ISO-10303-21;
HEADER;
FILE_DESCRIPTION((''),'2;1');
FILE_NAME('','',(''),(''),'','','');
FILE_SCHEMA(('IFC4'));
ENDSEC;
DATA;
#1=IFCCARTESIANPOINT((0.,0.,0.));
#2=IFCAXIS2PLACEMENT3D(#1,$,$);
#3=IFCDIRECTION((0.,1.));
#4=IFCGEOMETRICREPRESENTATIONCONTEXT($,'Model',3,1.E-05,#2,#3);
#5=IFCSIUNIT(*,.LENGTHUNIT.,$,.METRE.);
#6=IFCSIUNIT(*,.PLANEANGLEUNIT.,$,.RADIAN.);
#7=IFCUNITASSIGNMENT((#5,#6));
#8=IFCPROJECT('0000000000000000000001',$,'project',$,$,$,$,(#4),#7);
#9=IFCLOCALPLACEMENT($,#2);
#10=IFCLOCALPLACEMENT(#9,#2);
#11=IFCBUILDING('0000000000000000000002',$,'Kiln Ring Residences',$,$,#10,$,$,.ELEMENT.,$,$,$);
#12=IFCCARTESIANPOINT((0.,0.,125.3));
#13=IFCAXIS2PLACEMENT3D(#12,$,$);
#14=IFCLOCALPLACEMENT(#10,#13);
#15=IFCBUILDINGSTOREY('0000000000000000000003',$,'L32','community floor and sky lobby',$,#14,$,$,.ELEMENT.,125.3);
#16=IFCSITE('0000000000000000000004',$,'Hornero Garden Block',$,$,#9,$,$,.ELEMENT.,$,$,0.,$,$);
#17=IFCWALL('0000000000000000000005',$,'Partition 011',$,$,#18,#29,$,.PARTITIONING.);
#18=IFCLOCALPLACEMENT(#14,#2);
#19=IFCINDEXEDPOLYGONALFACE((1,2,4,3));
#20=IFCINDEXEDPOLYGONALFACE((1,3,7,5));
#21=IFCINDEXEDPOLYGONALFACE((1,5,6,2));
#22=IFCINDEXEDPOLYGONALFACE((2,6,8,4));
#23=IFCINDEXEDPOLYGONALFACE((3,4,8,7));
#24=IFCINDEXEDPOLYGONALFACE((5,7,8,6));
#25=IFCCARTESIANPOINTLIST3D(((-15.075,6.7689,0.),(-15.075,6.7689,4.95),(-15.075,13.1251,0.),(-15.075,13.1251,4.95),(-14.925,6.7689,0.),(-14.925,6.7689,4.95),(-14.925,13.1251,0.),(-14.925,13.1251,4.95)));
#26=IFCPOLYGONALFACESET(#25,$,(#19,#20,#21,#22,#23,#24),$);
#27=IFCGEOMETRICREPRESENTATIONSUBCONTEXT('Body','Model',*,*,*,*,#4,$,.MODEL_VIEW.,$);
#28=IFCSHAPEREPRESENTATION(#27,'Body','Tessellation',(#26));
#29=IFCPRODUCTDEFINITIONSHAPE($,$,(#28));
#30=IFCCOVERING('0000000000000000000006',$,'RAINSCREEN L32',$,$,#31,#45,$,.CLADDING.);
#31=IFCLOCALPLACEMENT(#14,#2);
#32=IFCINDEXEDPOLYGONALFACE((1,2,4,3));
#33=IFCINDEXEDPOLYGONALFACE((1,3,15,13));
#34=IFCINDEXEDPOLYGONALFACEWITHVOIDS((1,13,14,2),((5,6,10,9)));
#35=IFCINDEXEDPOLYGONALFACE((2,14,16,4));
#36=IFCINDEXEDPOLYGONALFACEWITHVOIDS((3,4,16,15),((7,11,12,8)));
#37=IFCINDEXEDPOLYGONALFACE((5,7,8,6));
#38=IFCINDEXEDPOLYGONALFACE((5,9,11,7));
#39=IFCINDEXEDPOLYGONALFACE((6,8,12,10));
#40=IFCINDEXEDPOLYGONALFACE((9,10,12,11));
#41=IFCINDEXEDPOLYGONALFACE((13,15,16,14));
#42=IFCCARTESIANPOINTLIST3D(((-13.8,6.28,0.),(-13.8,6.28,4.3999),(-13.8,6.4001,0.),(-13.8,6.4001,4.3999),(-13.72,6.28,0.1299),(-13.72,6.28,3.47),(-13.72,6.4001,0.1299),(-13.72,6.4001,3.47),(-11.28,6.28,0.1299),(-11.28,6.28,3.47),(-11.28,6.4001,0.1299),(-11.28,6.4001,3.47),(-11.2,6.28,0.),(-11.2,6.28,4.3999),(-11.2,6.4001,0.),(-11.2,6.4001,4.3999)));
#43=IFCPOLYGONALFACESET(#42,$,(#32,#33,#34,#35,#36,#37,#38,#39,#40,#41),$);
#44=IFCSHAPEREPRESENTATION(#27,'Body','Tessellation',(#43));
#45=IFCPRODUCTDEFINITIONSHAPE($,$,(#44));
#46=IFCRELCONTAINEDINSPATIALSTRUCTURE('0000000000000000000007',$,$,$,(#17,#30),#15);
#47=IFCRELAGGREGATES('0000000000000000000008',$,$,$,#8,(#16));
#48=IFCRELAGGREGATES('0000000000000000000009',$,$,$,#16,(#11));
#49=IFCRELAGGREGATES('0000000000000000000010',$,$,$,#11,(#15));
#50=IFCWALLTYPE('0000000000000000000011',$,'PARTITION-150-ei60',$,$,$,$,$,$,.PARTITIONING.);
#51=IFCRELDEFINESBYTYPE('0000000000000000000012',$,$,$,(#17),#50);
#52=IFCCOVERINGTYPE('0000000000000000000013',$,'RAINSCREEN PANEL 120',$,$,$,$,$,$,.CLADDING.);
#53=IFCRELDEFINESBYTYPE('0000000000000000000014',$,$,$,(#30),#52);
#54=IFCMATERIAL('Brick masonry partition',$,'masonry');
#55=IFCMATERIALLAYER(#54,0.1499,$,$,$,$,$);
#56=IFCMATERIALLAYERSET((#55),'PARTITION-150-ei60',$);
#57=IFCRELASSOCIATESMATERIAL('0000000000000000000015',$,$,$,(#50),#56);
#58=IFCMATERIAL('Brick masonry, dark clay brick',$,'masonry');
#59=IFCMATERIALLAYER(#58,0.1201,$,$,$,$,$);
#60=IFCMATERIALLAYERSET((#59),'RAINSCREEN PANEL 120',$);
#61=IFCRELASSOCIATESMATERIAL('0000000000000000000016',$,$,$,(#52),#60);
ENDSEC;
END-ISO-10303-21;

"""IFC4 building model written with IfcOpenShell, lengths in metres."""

from ifc_helpers import new_model, si_unit, direction, frame, frame_2d, origin, place, context, subcontext, project, spatial, polyline, rectangle, outline, extrude, material, layer, layer_set, type_object, element, save


model = new_model("IFC4")

# Units and contexts
model_context = context("Model", 3, precision=1e-05, world=origin(), true_north=direction((0.0, 1.0)))
body_context = subcontext(model_context, "Body", "Model", "MODEL_VIEW")
ifc_project = project(units=[si_unit("LENGTHUNIT", "METRE"), si_unit("PLANEANGLEUNIT", "RADIAN")], contexts=[model_context])

# Site, building, storey
site_placement = place(None, origin())
site = spatial("IfcSite", under=ifc_project, at=site_placement, Name="Hornero Garden Block", CompositionType="ELEMENT", RefElevation=0.0)
building_placement = place(site_placement, origin())
building = spatial("IfcBuilding", under=site, at=building_placement, Name="Kiln Ring Residences", CompositionType="ELEMENT")
storey_placement = place(building_placement, frame((0.0, 0.0, 125.3)))
storey = spatial("IfcBuildingStorey", under=building, at=storey_placement, Name="L32", Description="community floor and sky lobby", CompositionType="ELEMENT", Elevation=125.3)

# Shared definitions
ifc_material_1 = material(Name="Brick masonry partition", Category="masonry")
ifc_layer_1 = layer(ifc_material_1, 0.1499)
ifc_layer_set_1 = layer_set([ifc_layer_1], Name="PARTITION-150-ei60")
wall_type_1 = type_object("IfcWallType", Name="PARTITION-150-ei60", PredefinedType="PARTITIONING", material=ifc_layer_set_1)

# Wall
wall_1_placement = place(storey_placement, frame((-15.0, 6.7688, 0.0), z_axis=(0.0, 0.0, 1.0), x_axis=(0.0, 1.0, 0.0)))
element("IfcWall", 1, at=wall_1_placement, inside=storey, type_object=wall_type_1, Name="Partition 011", PredefinedType="PARTITIONING", context=body_context, shape_type="SweptSolid", body=[
    extrude(rectangle(XDim=6.3562, YDim=0.1499, at=frame_2d((3.1782, 0.0))), origin(), (0.0, 0.0, 1.0), 4.95),
])

# Covering
ifc_material_2 = material(Name="Brick masonry, dark clay brick", Category="masonry")
ifc_layer_2 = layer(ifc_material_2, 0.1201)
ifc_layer_set_2 = layer_set([ifc_layer_2], Name="RAINSCREEN PANEL 120")
covering_type = type_object("IfcCoveringType", Name="RAINSCREEN PANEL 120", PredefinedType="CLADDING", material=ifc_layer_set_2)
covering_placement = place(storey_placement, frame((-13.8, 6.3401, 0.0), z_axis=(0.0, 0.0, 1.0), x_axis=(1.0, 0.0, 0.0)))
element("IfcCovering", 2, at=covering_placement, inside=storey, type_object=covering_type, Name="RAINSCREEN L32", PredefinedType="CLADDING", context=body_context, shape_type="SweptSolid", body=[
    extrude(outline(polyline([(0.0, 0.0), (2.6001, 0.0), (2.6001, 4.3999), (0.0, 4.3999), (0.0, 0.0)]), holes=[polyline([(0.0801, 3.47), (0.0801, 0.1299), (2.52, 0.1299), (2.52, 3.47), (0.0801, 3.47)])]), frame((0.0, 0.0601, 0.0), z_axis=(0.0, -1.0, 0.0), x_axis=(1.0, 0.0, 0.0)), (0.0, 0.0, 1.0), 0.1201),
])

save(model, "model.ifc")
